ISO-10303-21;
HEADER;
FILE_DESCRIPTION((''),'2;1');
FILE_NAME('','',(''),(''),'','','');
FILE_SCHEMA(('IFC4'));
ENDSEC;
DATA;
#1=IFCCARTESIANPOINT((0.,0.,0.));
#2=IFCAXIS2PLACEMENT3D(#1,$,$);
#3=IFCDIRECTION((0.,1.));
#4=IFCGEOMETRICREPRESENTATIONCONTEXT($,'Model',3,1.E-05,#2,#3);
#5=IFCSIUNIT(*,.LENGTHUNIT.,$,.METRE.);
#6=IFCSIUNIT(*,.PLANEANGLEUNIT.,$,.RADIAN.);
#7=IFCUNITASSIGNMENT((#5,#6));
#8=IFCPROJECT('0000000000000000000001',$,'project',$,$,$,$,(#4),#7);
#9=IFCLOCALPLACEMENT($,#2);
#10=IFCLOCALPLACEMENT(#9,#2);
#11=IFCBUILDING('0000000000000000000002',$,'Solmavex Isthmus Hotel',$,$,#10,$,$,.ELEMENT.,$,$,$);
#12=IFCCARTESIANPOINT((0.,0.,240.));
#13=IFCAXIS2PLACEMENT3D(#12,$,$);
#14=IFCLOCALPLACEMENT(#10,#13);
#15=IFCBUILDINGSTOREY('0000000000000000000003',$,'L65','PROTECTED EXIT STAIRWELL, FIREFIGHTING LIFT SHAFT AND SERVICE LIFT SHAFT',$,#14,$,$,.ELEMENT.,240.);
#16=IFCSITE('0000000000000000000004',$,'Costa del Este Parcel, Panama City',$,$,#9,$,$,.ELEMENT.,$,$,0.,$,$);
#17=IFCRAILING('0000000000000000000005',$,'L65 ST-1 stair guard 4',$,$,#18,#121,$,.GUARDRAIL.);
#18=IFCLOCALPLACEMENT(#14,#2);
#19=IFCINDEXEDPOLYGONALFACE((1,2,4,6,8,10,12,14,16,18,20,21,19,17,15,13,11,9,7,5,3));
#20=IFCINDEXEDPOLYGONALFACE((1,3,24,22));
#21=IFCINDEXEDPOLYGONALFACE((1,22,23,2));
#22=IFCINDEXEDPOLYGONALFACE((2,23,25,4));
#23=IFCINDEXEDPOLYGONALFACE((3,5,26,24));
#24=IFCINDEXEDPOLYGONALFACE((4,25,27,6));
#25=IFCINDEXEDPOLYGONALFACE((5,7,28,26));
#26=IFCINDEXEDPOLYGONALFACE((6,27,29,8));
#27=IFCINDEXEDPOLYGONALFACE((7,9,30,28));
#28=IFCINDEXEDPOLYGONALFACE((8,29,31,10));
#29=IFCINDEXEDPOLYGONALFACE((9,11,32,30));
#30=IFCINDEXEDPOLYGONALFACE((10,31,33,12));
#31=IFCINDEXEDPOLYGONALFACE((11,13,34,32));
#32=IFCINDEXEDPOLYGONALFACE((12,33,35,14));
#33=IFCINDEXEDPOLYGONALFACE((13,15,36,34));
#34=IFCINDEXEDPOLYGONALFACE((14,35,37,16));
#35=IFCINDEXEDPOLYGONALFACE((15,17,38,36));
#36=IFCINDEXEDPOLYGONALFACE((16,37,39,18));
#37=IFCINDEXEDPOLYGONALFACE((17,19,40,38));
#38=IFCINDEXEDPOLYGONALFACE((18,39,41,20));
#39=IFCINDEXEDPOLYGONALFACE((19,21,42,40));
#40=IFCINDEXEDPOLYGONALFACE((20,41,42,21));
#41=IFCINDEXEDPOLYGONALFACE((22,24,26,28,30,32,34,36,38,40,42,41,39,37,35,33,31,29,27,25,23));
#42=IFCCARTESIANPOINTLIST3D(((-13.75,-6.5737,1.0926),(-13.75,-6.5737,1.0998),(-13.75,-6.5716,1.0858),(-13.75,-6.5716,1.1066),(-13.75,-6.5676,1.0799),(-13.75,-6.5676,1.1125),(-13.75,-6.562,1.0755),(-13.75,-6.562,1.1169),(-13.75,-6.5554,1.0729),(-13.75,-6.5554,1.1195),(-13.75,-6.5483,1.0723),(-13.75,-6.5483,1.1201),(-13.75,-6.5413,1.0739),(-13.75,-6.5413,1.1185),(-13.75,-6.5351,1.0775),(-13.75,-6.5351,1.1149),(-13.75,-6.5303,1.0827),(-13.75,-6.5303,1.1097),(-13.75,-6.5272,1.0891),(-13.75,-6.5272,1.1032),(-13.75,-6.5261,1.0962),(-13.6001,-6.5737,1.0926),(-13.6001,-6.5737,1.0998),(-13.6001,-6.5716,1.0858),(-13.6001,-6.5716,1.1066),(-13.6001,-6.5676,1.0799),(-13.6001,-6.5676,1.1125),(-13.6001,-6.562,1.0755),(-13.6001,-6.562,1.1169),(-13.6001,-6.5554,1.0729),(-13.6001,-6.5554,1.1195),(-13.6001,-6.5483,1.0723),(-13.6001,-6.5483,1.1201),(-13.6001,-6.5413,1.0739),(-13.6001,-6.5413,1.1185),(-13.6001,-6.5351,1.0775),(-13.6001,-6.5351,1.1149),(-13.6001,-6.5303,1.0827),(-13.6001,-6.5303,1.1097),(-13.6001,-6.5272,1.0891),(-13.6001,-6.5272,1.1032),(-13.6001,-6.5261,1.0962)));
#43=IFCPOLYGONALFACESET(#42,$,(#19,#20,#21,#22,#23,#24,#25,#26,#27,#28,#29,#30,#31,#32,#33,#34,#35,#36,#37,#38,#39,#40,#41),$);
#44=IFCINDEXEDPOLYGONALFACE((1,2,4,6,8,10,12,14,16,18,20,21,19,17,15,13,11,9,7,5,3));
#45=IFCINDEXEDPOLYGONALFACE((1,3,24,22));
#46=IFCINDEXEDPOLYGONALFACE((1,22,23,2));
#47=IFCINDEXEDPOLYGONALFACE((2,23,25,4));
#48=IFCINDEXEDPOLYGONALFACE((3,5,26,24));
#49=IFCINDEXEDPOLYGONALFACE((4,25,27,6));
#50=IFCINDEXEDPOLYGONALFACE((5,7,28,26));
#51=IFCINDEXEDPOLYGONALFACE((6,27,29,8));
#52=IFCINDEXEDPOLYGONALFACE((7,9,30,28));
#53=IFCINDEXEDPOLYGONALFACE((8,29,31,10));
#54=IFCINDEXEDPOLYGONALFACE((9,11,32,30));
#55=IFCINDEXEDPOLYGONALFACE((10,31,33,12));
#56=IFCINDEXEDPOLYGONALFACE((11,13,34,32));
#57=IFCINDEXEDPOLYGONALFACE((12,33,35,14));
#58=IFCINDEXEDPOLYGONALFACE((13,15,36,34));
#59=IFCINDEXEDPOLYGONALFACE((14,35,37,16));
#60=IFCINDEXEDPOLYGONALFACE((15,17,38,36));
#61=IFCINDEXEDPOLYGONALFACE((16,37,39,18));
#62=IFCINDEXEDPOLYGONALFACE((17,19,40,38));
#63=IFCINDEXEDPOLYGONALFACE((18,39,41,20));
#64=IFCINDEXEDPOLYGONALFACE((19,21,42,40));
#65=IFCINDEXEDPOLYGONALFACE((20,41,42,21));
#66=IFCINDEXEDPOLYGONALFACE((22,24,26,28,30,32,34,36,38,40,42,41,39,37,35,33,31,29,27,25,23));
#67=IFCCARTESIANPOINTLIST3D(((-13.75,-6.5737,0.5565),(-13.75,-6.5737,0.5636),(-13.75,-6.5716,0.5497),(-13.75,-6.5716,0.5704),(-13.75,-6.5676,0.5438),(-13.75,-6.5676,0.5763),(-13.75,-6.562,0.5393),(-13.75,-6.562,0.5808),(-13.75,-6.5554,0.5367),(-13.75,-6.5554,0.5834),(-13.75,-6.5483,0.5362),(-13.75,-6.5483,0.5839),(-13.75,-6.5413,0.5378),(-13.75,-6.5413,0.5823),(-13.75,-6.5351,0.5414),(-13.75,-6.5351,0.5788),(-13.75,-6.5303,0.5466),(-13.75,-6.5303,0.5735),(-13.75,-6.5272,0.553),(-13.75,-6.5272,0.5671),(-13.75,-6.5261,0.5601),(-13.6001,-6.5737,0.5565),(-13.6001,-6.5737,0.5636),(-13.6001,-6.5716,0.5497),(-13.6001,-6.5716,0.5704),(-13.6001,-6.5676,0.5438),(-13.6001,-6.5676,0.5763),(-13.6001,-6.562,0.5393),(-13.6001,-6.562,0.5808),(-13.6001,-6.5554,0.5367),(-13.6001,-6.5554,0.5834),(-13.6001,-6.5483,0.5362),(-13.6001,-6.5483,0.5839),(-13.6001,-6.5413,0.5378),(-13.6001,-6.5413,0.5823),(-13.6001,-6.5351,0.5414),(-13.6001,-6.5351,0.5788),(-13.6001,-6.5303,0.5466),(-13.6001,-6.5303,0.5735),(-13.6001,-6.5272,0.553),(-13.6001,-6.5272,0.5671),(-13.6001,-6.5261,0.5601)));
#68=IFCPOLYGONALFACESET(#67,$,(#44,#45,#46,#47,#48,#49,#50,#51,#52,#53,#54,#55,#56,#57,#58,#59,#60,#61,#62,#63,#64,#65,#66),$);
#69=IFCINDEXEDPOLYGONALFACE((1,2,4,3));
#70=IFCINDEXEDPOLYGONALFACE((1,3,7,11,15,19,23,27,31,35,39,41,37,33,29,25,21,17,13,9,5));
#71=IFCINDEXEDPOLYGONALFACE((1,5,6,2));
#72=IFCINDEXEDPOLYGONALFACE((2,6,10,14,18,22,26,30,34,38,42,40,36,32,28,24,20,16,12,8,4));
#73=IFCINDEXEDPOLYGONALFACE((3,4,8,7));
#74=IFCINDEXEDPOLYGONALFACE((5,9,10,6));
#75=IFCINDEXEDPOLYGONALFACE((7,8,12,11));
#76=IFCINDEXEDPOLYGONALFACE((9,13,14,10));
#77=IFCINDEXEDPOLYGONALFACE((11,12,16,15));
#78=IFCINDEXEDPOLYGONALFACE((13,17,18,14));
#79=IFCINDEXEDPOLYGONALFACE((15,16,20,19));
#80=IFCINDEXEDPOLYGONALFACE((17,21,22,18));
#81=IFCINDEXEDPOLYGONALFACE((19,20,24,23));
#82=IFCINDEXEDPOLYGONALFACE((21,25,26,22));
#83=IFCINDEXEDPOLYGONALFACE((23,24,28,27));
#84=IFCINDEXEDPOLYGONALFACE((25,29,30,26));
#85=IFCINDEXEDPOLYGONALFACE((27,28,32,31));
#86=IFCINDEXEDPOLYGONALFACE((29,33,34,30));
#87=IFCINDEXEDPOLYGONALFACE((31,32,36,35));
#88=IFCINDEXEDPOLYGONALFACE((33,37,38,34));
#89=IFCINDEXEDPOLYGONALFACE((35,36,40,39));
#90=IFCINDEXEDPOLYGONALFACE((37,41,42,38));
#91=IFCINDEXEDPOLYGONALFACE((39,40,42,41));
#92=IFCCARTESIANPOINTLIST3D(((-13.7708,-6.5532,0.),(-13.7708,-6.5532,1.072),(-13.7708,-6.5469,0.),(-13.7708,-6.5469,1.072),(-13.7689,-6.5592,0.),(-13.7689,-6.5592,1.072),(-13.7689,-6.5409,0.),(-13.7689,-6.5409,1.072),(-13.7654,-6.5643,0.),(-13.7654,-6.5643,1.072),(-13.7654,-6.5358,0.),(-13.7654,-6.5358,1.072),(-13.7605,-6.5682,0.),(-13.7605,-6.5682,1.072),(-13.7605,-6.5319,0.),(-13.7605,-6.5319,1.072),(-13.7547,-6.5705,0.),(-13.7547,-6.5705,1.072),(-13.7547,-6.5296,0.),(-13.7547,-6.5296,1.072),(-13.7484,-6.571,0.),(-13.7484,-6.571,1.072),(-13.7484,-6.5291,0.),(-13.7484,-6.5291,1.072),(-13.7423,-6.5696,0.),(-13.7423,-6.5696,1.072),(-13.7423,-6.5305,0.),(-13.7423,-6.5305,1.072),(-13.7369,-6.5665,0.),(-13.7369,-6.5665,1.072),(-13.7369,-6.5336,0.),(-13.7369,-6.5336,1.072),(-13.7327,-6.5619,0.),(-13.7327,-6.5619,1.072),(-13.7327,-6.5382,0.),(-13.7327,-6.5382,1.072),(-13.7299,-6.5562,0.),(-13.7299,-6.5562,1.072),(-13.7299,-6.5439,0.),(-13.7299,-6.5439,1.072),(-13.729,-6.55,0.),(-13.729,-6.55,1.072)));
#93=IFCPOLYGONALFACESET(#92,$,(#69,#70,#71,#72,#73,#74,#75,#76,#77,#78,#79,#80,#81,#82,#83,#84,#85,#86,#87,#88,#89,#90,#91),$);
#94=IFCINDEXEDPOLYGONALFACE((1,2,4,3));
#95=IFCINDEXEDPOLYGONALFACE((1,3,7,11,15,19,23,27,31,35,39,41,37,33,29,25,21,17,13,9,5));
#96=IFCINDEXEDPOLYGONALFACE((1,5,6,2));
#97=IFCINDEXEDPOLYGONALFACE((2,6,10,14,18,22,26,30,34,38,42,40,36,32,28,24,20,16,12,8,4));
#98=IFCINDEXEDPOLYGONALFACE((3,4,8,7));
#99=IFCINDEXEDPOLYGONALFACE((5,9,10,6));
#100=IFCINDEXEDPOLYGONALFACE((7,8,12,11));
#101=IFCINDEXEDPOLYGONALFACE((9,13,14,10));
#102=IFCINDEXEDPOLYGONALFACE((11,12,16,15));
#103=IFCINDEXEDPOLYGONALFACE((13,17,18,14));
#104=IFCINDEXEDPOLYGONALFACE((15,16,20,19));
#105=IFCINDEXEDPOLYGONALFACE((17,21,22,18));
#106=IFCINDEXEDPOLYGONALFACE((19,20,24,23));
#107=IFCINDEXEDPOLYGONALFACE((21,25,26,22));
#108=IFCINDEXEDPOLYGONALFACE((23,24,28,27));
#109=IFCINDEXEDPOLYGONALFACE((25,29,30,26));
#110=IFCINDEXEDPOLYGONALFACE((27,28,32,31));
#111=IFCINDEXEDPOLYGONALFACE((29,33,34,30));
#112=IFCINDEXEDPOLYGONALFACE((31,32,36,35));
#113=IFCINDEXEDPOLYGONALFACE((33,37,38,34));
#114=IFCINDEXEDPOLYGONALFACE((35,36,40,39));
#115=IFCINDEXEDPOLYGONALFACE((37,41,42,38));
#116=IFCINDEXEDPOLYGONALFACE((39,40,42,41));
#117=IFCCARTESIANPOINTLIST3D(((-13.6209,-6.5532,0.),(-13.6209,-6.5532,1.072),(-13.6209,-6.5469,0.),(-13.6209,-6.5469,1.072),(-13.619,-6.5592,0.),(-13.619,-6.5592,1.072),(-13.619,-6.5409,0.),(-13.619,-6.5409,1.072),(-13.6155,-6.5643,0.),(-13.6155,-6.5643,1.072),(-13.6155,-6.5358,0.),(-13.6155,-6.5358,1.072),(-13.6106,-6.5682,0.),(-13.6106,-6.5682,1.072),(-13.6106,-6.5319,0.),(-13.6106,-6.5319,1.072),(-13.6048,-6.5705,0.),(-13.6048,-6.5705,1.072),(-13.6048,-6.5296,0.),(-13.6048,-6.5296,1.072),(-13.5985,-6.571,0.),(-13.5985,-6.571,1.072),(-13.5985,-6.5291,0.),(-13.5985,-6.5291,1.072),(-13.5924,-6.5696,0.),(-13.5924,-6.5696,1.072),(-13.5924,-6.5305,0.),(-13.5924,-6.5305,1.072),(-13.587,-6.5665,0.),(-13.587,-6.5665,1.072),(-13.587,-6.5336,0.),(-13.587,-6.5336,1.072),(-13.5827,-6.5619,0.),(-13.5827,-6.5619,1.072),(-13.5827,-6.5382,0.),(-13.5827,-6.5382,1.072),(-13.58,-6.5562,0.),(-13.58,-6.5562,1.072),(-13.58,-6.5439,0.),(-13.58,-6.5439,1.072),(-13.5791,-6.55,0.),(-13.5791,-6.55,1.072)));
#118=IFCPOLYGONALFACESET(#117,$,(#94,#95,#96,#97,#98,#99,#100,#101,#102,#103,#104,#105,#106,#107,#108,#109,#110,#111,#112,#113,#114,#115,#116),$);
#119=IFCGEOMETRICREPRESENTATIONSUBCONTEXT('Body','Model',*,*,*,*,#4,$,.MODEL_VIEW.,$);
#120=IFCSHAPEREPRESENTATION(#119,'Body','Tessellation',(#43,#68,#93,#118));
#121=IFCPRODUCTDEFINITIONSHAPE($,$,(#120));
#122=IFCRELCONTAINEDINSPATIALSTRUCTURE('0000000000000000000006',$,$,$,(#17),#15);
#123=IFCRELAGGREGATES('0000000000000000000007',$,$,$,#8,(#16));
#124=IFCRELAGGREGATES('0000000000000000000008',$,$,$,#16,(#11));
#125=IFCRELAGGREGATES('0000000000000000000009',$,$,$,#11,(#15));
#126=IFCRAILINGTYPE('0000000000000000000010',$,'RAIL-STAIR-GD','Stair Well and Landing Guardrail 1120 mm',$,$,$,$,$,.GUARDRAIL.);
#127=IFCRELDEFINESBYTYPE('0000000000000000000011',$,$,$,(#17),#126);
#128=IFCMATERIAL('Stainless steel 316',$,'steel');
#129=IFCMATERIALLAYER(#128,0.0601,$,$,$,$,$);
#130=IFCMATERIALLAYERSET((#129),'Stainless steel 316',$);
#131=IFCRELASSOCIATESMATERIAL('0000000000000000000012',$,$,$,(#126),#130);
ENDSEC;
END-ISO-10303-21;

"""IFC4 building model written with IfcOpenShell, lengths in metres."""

from ifc_helpers import new_model, si_unit, direction, frame, origin, origin_2d, place, context, subcontext, project, spatial, circle, extrude, material, layer, layer_set, type_object, element, save


model = new_model("IFC4")

# Units and contexts
model_context = context("Model", 3, precision=1e-05, world=origin(), true_north=direction((0.0, 1.0)))
body_context = subcontext(model_context, "Body", "Model", "MODEL_VIEW")
ifc_project = project(units=[si_unit("LENGTHUNIT", "METRE"), si_unit("PLANEANGLEUNIT", "RADIAN")], contexts=[model_context])

# Site, building, storey
site_placement = place(None, origin())
site = spatial("IfcSite", under=ifc_project, at=site_placement, Name="Costa del Este Parcel, Panama City", CompositionType="ELEMENT", RefElevation=0.0)
building_placement = place(site_placement, origin())
building = spatial("IfcBuilding", under=site, at=building_placement, Name="Solmavex Isthmus Hotel", CompositionType="ELEMENT")
storey_placement = place(building_placement, frame((0.0, 0.0, 240.0)))
storey = spatial("IfcBuildingStorey", under=building, at=storey_placement, Name="L65", Description="PROTECTED EXIT STAIRWELL, FIREFIGHTING LIFT SHAFT AND SERVICE LIFT SHAFT", CompositionType="ELEMENT", Elevation=240.0)

# Shared definitions
ifc_material_1 = material(Name="Stainless steel 316", Category="steel")

# Railing
ifc_layer_1 = layer(ifc_material_1, 0.0601)
ifc_layer_set_1 = layer_set([ifc_layer_1], Name="Stainless steel 316")
railing_type_1 = type_object("IfcRailingType", Name="RAIL-STAIR-GD", Description="Stair Well and Landing Guardrail 1120 mm", PredefinedType="GUARDRAIL", material=ifc_layer_set_1)
railing_1_placement = place(storey_placement, frame((-13.75, -6.55, 0.0)))
element("IfcRailing", 1, at=railing_1_placement, inside=storey, type_object=railing_type_1, Name="L65 ST-1 stair guard 4", PredefinedType="GUARDRAIL", context=body_context, shape_type="SweptSolid", body=[
    extrude(circle(Radius=0.0239, at=origin_2d()), frame((0.0, 0.0, 1.0962), z_axis=(1.0, 0.0, 0.0), x_axis=(0.0, 1.0, 0.0)), (0.0, 0.0, 1.0), 0.1499),
    extrude(circle(Radius=0.0239, at=origin_2d()), frame((0.0, 0.0, 0.5601), z_axis=(1.0, 0.0, 0.0), x_axis=(0.0, 1.0, 0.0)), (0.0, 0.0, 1.0), 0.1499),
    extrude(circle(Radius=0.021, at=origin_2d()), origin(), (0.0, 0.0, 1.0), 1.072),
    extrude(circle(Radius=0.021, at=origin_2d()), frame((0.1499, 0.0, 0.0)), (0.0, 0.0, 1.0), 1.072),
])

save(model, "model.ifc")
